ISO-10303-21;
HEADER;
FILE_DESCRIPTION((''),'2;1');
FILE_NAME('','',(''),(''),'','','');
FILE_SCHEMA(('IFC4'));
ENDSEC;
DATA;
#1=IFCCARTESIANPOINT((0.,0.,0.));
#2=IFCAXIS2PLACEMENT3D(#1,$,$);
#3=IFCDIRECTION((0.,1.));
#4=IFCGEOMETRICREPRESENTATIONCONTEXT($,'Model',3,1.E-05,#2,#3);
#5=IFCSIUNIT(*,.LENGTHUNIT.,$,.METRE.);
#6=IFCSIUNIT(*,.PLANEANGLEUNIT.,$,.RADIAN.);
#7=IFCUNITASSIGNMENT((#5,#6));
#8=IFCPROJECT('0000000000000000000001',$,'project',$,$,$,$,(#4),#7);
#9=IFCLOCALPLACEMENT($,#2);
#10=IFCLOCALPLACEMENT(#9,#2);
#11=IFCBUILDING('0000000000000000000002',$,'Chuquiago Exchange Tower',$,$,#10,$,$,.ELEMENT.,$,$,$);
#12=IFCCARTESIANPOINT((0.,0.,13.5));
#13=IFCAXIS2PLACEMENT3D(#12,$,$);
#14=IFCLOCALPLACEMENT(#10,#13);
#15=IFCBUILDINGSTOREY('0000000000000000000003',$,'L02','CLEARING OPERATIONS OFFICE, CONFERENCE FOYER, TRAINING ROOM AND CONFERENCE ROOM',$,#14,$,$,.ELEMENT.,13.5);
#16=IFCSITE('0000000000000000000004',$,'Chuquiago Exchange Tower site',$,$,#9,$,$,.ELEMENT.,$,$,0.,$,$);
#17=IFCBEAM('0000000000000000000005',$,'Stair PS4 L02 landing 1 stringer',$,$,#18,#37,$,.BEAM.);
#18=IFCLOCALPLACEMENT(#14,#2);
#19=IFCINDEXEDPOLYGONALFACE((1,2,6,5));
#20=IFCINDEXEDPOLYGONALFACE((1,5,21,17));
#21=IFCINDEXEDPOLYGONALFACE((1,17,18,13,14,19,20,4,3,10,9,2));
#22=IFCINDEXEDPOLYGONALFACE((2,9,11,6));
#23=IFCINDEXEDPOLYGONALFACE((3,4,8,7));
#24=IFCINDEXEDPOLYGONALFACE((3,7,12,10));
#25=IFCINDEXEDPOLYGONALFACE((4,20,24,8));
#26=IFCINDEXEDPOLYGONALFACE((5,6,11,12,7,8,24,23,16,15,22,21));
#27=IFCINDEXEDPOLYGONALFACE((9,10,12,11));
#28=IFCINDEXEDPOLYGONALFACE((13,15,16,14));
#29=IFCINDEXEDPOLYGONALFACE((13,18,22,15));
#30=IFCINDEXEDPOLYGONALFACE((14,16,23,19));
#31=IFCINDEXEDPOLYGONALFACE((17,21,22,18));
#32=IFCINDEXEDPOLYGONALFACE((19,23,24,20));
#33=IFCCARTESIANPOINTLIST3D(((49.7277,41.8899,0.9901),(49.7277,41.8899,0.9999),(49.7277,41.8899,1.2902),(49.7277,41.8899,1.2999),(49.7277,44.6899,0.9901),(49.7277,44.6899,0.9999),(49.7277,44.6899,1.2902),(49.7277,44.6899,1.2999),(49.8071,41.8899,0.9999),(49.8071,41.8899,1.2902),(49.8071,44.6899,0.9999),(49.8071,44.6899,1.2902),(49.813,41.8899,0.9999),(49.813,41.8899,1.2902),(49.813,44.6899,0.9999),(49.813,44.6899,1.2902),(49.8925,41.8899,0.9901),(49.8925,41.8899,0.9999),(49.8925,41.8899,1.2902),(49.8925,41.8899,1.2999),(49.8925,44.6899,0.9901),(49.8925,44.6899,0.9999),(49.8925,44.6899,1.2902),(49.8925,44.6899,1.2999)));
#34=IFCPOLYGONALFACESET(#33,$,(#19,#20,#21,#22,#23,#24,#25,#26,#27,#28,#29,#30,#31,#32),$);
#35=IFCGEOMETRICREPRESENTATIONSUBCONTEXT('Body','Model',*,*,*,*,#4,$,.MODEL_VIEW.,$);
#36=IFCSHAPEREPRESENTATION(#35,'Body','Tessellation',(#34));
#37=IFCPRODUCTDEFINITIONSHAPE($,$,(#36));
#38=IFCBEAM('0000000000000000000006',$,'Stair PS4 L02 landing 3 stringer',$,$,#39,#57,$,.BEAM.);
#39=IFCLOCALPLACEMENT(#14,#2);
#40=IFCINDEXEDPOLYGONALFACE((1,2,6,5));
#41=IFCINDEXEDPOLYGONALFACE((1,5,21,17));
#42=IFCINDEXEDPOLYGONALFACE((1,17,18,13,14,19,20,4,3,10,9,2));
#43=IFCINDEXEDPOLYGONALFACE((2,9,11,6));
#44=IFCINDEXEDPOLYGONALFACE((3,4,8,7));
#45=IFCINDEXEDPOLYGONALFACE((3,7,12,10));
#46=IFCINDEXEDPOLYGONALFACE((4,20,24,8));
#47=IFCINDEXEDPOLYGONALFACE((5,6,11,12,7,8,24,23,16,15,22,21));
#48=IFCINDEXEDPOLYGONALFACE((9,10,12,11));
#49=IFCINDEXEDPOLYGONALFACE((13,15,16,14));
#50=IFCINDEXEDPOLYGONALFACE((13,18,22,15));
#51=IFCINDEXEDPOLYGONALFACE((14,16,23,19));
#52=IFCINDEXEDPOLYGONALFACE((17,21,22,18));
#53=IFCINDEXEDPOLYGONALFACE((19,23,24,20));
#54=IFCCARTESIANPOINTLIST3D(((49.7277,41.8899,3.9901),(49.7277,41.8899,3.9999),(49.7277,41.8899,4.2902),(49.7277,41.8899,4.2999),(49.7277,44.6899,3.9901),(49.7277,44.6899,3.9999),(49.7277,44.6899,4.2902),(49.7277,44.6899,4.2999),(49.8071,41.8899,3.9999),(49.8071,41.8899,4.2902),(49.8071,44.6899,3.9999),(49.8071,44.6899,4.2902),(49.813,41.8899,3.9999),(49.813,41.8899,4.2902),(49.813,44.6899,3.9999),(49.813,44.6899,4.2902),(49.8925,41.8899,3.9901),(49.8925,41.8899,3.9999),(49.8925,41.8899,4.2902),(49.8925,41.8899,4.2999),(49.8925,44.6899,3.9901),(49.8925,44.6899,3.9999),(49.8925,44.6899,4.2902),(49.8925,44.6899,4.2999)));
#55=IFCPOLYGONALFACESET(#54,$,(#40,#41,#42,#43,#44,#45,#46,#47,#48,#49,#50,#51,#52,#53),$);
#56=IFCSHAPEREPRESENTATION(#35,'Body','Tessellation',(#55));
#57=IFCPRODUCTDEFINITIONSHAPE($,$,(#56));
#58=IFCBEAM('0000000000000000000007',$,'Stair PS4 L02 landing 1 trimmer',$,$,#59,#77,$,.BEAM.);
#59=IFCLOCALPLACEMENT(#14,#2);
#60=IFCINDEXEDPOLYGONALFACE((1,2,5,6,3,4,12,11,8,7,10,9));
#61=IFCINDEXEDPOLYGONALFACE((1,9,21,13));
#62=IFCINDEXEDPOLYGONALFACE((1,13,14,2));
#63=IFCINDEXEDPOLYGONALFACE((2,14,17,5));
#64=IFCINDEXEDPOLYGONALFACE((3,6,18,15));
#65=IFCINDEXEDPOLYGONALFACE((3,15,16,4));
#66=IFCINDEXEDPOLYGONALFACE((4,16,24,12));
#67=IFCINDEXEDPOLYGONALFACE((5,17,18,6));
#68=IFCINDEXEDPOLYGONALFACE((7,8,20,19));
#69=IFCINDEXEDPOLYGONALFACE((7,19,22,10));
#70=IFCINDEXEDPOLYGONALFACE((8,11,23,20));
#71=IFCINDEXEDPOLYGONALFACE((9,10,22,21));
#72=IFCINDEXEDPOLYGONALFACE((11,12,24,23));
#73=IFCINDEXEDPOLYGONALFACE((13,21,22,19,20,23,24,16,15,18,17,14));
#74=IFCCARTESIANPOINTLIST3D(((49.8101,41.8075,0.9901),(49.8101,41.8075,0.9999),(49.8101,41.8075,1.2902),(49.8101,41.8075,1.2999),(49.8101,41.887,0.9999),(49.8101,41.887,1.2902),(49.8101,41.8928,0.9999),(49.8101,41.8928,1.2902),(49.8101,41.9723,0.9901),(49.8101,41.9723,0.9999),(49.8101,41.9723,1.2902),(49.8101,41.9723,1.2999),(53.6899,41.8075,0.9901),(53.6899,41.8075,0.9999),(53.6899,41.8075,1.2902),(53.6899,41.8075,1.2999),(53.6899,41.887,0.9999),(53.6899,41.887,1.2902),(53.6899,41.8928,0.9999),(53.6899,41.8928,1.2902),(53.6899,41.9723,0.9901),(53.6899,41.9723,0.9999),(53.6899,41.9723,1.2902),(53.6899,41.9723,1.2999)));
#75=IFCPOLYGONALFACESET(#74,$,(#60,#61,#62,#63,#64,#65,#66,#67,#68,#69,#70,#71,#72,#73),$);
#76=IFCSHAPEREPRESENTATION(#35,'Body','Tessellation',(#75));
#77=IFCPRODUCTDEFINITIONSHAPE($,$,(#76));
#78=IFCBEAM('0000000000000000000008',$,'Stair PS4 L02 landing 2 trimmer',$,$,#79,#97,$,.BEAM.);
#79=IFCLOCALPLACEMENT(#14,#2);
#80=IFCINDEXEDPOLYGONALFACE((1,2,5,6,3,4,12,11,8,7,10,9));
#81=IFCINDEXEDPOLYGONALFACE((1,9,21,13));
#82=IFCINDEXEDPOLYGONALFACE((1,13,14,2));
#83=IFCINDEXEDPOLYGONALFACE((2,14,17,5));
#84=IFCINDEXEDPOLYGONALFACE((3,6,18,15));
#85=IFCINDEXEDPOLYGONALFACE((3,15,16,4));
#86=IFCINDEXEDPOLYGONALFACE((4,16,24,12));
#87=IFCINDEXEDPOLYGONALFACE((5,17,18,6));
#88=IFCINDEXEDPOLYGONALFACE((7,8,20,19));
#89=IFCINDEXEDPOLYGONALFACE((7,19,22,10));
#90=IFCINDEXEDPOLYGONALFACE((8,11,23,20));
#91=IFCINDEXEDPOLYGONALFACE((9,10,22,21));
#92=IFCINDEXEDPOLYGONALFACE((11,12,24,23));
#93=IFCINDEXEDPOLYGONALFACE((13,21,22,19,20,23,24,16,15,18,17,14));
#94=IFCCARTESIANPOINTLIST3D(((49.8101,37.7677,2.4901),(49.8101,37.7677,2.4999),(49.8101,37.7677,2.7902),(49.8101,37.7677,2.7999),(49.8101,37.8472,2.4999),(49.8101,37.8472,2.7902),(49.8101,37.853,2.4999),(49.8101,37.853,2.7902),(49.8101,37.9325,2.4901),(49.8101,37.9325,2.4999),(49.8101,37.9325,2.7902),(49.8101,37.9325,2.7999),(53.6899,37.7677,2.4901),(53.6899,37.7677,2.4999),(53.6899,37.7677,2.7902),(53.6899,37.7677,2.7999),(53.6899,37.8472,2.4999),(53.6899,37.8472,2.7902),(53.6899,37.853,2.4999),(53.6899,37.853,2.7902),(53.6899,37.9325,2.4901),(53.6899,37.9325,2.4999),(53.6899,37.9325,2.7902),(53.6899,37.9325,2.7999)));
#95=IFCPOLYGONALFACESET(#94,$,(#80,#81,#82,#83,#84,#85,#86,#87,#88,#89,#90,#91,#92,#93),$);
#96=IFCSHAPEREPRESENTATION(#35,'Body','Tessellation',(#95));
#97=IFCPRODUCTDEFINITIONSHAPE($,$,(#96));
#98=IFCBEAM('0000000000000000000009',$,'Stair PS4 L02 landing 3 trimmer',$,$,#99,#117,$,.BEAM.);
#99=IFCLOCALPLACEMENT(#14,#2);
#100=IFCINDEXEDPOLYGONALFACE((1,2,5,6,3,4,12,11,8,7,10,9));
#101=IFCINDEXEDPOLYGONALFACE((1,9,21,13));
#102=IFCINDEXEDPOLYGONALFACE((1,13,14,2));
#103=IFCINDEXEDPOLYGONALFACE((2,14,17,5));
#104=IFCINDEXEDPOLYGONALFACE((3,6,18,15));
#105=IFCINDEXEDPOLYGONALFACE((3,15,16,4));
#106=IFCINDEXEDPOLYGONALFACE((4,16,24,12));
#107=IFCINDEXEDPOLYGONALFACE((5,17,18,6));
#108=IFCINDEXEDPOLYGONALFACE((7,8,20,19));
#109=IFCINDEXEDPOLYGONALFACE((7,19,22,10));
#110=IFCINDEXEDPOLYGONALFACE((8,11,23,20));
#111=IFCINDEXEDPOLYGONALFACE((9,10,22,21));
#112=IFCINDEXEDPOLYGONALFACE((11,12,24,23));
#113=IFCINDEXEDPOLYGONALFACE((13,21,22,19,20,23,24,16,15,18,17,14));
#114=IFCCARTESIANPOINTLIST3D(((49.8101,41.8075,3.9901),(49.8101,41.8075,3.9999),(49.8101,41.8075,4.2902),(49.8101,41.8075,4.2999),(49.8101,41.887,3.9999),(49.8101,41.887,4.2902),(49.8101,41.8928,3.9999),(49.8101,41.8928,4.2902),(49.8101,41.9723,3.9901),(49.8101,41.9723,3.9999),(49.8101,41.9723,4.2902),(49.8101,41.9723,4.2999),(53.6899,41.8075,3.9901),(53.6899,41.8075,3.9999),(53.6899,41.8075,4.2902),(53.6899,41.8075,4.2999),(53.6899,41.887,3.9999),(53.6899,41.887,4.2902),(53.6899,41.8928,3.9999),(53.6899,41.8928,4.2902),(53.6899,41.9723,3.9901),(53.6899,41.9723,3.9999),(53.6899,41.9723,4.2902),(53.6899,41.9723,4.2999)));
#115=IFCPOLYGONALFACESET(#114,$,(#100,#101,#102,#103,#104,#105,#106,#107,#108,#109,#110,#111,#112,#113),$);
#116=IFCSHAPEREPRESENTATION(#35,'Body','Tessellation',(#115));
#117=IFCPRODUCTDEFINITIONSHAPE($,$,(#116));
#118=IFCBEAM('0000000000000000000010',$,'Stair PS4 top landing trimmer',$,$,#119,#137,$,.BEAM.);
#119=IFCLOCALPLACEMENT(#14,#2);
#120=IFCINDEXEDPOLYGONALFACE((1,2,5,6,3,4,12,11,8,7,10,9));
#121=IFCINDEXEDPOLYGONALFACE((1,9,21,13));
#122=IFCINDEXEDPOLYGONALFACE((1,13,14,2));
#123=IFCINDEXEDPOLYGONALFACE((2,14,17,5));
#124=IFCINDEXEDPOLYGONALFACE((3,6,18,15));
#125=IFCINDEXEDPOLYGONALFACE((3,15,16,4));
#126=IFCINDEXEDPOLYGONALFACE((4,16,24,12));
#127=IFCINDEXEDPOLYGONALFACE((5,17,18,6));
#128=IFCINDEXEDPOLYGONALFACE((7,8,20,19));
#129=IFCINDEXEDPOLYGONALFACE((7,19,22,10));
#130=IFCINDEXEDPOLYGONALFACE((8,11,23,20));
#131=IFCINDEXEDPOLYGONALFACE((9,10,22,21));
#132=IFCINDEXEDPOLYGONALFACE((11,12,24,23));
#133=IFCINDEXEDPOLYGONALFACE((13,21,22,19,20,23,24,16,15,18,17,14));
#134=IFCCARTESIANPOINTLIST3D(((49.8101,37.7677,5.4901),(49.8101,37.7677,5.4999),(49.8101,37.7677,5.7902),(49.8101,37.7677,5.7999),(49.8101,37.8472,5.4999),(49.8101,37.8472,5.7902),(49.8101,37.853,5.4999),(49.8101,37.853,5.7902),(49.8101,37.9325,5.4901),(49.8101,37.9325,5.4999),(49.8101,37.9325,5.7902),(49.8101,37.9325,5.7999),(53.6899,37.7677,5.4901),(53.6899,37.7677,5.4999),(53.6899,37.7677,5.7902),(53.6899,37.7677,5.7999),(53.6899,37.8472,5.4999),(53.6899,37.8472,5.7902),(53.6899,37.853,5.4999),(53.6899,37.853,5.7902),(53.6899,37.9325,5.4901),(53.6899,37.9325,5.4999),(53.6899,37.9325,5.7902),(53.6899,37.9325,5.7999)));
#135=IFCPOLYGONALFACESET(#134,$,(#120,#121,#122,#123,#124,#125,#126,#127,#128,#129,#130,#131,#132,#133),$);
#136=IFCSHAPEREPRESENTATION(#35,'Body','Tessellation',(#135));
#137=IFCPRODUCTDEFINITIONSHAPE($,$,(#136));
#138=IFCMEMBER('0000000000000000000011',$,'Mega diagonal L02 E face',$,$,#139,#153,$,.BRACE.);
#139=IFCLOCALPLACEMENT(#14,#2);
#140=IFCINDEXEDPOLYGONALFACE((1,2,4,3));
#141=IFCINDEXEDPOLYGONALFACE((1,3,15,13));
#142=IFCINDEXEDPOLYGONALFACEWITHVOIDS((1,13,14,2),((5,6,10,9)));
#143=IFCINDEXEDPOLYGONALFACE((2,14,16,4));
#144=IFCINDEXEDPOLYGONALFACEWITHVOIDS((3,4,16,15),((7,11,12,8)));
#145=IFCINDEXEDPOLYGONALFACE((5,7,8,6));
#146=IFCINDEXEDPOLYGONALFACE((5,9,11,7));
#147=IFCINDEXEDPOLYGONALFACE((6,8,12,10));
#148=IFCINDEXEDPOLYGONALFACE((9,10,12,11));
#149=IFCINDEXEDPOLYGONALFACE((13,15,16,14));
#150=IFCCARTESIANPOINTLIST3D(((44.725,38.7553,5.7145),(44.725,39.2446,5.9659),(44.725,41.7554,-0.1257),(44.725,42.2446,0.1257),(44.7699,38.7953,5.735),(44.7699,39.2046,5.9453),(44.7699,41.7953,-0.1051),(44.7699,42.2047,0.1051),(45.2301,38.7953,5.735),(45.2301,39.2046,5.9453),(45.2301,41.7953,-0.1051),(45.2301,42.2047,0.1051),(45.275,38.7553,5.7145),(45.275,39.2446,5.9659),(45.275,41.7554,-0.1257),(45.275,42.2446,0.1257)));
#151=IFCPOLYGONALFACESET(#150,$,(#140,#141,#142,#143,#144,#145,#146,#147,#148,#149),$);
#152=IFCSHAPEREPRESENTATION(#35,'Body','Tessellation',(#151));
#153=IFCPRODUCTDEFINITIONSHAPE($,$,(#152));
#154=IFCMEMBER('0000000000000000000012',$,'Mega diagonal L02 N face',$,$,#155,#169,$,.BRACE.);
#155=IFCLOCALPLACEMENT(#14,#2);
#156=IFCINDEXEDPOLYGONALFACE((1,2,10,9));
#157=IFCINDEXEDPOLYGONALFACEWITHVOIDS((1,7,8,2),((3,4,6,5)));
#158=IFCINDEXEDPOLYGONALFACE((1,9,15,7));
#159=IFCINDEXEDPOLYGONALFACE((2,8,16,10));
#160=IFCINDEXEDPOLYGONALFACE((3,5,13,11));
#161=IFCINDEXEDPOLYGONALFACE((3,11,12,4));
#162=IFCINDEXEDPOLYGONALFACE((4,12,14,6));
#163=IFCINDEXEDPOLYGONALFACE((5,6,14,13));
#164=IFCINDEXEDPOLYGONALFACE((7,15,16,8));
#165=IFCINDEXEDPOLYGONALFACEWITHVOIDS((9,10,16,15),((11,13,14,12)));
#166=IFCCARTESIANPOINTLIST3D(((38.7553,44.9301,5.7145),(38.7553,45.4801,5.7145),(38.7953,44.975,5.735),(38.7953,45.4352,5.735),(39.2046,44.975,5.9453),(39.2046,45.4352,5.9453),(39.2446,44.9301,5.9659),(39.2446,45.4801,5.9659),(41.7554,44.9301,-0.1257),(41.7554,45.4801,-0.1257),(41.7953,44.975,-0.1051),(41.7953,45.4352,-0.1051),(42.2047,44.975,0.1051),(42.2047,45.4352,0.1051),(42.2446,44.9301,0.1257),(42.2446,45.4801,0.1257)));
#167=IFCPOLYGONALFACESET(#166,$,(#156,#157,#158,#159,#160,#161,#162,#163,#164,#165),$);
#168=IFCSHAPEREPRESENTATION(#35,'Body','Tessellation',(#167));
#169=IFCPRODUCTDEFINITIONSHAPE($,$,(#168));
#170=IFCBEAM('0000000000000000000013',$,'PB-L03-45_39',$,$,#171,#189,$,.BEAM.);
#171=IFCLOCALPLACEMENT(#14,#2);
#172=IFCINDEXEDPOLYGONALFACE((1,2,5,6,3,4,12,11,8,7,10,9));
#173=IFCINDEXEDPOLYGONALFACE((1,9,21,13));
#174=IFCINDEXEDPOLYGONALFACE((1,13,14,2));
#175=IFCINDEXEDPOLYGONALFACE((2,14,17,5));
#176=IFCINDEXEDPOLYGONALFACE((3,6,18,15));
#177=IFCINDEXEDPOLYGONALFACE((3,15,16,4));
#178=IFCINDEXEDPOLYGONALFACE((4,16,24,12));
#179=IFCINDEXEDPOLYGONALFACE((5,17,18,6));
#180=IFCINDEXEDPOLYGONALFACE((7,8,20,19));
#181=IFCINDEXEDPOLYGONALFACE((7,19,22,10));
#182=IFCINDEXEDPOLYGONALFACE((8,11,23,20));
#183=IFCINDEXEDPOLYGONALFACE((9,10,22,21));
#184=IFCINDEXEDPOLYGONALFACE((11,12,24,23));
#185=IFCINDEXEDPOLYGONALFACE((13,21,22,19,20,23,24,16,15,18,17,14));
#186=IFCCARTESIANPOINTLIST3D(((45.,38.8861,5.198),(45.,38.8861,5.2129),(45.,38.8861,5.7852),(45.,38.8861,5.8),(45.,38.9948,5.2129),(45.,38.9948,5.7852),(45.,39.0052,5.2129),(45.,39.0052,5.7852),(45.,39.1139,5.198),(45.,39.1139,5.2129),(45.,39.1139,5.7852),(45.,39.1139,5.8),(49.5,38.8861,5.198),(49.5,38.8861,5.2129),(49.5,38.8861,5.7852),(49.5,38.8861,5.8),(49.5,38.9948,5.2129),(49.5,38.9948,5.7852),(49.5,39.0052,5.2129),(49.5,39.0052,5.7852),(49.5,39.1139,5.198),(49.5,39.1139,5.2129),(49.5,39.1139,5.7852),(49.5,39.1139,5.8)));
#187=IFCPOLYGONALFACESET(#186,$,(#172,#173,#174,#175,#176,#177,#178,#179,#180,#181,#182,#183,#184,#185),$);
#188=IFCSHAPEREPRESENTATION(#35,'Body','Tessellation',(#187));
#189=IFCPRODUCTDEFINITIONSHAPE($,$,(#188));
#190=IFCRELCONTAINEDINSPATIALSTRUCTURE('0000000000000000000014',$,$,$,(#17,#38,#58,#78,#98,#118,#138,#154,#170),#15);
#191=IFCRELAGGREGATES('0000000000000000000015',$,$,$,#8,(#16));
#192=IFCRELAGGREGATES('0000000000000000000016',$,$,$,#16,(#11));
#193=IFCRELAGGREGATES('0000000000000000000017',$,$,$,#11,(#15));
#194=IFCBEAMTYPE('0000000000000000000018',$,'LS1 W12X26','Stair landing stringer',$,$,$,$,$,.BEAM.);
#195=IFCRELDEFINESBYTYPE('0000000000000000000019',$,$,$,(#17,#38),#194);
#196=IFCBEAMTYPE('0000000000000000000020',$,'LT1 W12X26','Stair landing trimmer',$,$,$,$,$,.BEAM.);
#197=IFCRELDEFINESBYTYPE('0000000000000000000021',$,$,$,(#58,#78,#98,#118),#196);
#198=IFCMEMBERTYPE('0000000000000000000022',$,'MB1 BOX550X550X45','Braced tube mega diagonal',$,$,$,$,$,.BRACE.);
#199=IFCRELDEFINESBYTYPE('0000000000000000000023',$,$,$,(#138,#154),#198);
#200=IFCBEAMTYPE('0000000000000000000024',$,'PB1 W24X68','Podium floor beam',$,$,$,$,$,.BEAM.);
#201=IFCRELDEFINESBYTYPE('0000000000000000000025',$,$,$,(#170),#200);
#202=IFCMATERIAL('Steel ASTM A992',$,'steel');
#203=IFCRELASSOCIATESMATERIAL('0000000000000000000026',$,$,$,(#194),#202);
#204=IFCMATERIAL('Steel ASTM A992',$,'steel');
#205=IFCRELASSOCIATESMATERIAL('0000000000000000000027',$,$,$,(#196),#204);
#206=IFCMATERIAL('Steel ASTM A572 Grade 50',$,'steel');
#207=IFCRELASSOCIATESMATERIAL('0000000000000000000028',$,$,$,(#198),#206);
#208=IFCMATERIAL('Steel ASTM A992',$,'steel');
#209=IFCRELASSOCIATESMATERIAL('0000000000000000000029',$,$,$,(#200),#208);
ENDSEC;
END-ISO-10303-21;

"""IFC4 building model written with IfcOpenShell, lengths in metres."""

from ifc_helpers import new_model, si_unit, direction, frame, origin, origin_2d, place, context, subcontext, project, spatial, hollow_rectangle, i_section, extrude, material, material_profile, profile_set, type_object, element, save


model = new_model("IFC4")

# Units and contexts
model_context = context("Model", 3, precision=1e-05, world=origin(), true_north=direction((0.0, 1.0)))
body_context = subcontext(model_context, "Body", "Model", "MODEL_VIEW")
ifc_project = project(units=[si_unit("LENGTHUNIT", "METRE"), si_unit("PLANEANGLEUNIT", "RADIAN")], contexts=[model_context])

# Site, building, storey
site_placement = place(None, origin())
site = spatial("IfcSite", under=ifc_project, at=site_placement, Name="Chuquiago Exchange Tower site", CompositionType="ELEMENT", RefElevation=0.0)
building_placement = place(site_placement, origin())
building = spatial("IfcBuilding", under=site, at=building_placement, Name="Chuquiago Exchange Tower", CompositionType="ELEMENT")
storey_placement = place(building_placement, frame((0.0, 0.0, 13.5)))
storey = spatial("IfcBuildingStorey", under=building, at=storey_placement, Name="L02", Description="CLEARING OPERATIONS OFFICE, CONFERENCE FOYER, TRAINING ROOM AND CONFERENCE ROOM", CompositionType="ELEMENT", Elevation=13.5)

# Beams
ifc_material_1 = material(Name="Steel ASTM A992", Category="steel")
ifc_material_profile_1 = material_profile(ifc_material_1, i_section(OverallWidth=0.1648, OverallDepth=0.3098, WebThickness=0.0059, FlangeThickness=0.0098, at=origin_2d()), Name="W12X26")
ifc_profile_set_1 = profile_set([ifc_material_profile_1], Name="Steel ASTM A992")
beam_type_1 = type_object("IfcBeamType", Name="LS1 W12X26", Description="Stair landing stringer", PredefinedType="BEAM", material=ifc_profile_set_1)
for number, where, z_axis, x_axis, name in (
    (1, (49.8101, 41.8899, 1.145), (0.0, 1.0, 0.0), (-1.0, 0.0, 0.0), "Stair PS4 L02 landing 1 stringer"),
    (2, (49.8101, 41.8899, 4.145), (0.0, 1.0, 0.0), (-1.0, 0.0, 0.0), "Stair PS4 L02 landing 3 stringer"),
):
    element("IfcBeam", number, at=place(storey_placement, frame(where, z_axis=z_axis, x_axis=x_axis)), inside=storey, type_object=beam_type_1, Name=name, PredefinedType="BEAM", context=body_context, shape_type="SweptSolid", body=[
        extrude(i_section(OverallWidth=0.1648, OverallDepth=0.3098, WebThickness=0.0059, FlangeThickness=0.0098, at=origin_2d()), origin(), (0.0, 0.0, 1.0), 2.8),
    ])
ifc_material_2 = material(Name="Steel ASTM A992", Category="steel")
ifc_material_profile_2 = material_profile(ifc_material_2, i_section(OverallWidth=0.1648, OverallDepth=0.3098, WebThickness=0.0059, FlangeThickness=0.0098, at=origin_2d()), Name="W12X26")
ifc_profile_set_2 = profile_set([ifc_material_profile_2], Name="Steel ASTM A992")
beam_type_2 = type_object("IfcBeamType", Name="LT1 W12X26", Description="Stair landing trimmer", PredefinedType="BEAM", material=ifc_profile_set_2)
for number, where, z_axis, x_axis, name in (
    (3, (49.8101, 41.8899, 1.145), (1.0, 0.0, 0.0), (0.0, 1.0, 0.0), "Stair PS4 L02 landing 1 trimmer"),
    (4, (49.8101, 37.8501, 2.645), (1.0, 0.0, 0.0), (0.0, 1.0, 0.0), "Stair PS4 L02 landing 2 trimmer"),
    (5, (49.8101, 41.8899, 4.145), (1.0, 0.0, 0.0), (0.0, 1.0, 0.0), "Stair PS4 L02 landing 3 trimmer"),
    (6, (49.8101, 37.8501, 5.645), (1.0, 0.0, 0.0), (0.0, 1.0, 0.0), "Stair PS4 top landing trimmer"),
):
    element("IfcBeam", number, at=place(storey_placement, frame(where, z_axis=z_axis, x_axis=x_axis)), inside=storey, type_object=beam_type_2, Name=name, PredefinedType="BEAM", context=body_context, shape_type="SweptSolid", body=[
        extrude(i_section(OverallWidth=0.1648, OverallDepth=0.3098, WebThickness=0.0059, FlangeThickness=0.0098, at=origin_2d()), origin(), (0.0, 0.0, 1.0), 3.8799),
    ])

# Members
ifc_material_3 = material(Name="Steel ASTM A572 Grade 50", Category="steel")
ifc_material_profile_3 = material_profile(ifc_material_3, hollow_rectangle(XDim=0.55, YDim=0.55, WallThickness=0.0449, at=origin_2d()), Name="BOX550X550X45")
ifc_profile_set_3 = profile_set([ifc_material_profile_3], Name="Steel ASTM A572 Grade 50")
member_type_1 = type_object("IfcMemberType", Name="MB1 BOX550X550X45", Description="Braced tube mega diagonal", PredefinedType="BRACE", material=ifc_profile_set_3)
for number, where, z_axis, x_axis, name in (
    (7, (45.0, 42.0, 0.0), (0.0, -0.45693, 0.889503), (1.0, 0.0, 0.0), "Mega diagonal L02 E face"),
    (8, (42.0, 45.2051, 0.0), (-0.45693, 0.0, 0.889503), (0.0, -1.0, 0.0), "Mega diagonal L02 N face"),
):
    element("IfcMember", number, at=place(storey_placement, frame(where, z_axis=z_axis, x_axis=x_axis)), inside=storey, type_object=member_type_1, Name=name, PredefinedType="BRACE", context=body_context, shape_type="SweptSolid", body=[
        extrude(hollow_rectangle(XDim=0.55, YDim=0.55, WallThickness=0.0449, at=origin_2d()), origin(), (0.0, 0.0, 1.0), 6.5657),
    ])

# Beam
ifc_material_4 = material(Name="Steel ASTM A992", Category="steel")
ifc_material_profile_4 = material_profile(ifc_material_4, i_section(OverallWidth=0.2278, OverallDepth=0.6021, WebThickness=0.0105, FlangeThickness=0.0149, at=origin_2d()), Name="W24X68")
ifc_profile_set_4 = profile_set([ifc_material_profile_4], Name="Steel ASTM A992")
beam_type_3 = type_object("IfcBeamType", Name="PB1 W24X68", Description="Podium floor beam", PredefinedType="BEAM", material=ifc_profile_set_4)
for number, where, z_axis, x_axis, name in (
    (9, (45.0, 39.0, 5.499), (1.0, 0.0, 0.0), (0.0, 1.0, 0.0), "PB-L03-45_39"),
):
    element("IfcBeam", number, at=place(storey_placement, frame(where, z_axis=z_axis, x_axis=x_axis)), inside=storey, type_object=beam_type_3, Name=name, PredefinedType="BEAM", context=body_context, shape_type="SweptSolid", body=[
        extrude(i_section(OverallWidth=0.2278, OverallDepth=0.6021, WebThickness=0.0105, FlangeThickness=0.0149, at=origin_2d()), origin(), (0.0, 0.0, 1.0), 4.5),
    ])

save(model, "model.ifc")
